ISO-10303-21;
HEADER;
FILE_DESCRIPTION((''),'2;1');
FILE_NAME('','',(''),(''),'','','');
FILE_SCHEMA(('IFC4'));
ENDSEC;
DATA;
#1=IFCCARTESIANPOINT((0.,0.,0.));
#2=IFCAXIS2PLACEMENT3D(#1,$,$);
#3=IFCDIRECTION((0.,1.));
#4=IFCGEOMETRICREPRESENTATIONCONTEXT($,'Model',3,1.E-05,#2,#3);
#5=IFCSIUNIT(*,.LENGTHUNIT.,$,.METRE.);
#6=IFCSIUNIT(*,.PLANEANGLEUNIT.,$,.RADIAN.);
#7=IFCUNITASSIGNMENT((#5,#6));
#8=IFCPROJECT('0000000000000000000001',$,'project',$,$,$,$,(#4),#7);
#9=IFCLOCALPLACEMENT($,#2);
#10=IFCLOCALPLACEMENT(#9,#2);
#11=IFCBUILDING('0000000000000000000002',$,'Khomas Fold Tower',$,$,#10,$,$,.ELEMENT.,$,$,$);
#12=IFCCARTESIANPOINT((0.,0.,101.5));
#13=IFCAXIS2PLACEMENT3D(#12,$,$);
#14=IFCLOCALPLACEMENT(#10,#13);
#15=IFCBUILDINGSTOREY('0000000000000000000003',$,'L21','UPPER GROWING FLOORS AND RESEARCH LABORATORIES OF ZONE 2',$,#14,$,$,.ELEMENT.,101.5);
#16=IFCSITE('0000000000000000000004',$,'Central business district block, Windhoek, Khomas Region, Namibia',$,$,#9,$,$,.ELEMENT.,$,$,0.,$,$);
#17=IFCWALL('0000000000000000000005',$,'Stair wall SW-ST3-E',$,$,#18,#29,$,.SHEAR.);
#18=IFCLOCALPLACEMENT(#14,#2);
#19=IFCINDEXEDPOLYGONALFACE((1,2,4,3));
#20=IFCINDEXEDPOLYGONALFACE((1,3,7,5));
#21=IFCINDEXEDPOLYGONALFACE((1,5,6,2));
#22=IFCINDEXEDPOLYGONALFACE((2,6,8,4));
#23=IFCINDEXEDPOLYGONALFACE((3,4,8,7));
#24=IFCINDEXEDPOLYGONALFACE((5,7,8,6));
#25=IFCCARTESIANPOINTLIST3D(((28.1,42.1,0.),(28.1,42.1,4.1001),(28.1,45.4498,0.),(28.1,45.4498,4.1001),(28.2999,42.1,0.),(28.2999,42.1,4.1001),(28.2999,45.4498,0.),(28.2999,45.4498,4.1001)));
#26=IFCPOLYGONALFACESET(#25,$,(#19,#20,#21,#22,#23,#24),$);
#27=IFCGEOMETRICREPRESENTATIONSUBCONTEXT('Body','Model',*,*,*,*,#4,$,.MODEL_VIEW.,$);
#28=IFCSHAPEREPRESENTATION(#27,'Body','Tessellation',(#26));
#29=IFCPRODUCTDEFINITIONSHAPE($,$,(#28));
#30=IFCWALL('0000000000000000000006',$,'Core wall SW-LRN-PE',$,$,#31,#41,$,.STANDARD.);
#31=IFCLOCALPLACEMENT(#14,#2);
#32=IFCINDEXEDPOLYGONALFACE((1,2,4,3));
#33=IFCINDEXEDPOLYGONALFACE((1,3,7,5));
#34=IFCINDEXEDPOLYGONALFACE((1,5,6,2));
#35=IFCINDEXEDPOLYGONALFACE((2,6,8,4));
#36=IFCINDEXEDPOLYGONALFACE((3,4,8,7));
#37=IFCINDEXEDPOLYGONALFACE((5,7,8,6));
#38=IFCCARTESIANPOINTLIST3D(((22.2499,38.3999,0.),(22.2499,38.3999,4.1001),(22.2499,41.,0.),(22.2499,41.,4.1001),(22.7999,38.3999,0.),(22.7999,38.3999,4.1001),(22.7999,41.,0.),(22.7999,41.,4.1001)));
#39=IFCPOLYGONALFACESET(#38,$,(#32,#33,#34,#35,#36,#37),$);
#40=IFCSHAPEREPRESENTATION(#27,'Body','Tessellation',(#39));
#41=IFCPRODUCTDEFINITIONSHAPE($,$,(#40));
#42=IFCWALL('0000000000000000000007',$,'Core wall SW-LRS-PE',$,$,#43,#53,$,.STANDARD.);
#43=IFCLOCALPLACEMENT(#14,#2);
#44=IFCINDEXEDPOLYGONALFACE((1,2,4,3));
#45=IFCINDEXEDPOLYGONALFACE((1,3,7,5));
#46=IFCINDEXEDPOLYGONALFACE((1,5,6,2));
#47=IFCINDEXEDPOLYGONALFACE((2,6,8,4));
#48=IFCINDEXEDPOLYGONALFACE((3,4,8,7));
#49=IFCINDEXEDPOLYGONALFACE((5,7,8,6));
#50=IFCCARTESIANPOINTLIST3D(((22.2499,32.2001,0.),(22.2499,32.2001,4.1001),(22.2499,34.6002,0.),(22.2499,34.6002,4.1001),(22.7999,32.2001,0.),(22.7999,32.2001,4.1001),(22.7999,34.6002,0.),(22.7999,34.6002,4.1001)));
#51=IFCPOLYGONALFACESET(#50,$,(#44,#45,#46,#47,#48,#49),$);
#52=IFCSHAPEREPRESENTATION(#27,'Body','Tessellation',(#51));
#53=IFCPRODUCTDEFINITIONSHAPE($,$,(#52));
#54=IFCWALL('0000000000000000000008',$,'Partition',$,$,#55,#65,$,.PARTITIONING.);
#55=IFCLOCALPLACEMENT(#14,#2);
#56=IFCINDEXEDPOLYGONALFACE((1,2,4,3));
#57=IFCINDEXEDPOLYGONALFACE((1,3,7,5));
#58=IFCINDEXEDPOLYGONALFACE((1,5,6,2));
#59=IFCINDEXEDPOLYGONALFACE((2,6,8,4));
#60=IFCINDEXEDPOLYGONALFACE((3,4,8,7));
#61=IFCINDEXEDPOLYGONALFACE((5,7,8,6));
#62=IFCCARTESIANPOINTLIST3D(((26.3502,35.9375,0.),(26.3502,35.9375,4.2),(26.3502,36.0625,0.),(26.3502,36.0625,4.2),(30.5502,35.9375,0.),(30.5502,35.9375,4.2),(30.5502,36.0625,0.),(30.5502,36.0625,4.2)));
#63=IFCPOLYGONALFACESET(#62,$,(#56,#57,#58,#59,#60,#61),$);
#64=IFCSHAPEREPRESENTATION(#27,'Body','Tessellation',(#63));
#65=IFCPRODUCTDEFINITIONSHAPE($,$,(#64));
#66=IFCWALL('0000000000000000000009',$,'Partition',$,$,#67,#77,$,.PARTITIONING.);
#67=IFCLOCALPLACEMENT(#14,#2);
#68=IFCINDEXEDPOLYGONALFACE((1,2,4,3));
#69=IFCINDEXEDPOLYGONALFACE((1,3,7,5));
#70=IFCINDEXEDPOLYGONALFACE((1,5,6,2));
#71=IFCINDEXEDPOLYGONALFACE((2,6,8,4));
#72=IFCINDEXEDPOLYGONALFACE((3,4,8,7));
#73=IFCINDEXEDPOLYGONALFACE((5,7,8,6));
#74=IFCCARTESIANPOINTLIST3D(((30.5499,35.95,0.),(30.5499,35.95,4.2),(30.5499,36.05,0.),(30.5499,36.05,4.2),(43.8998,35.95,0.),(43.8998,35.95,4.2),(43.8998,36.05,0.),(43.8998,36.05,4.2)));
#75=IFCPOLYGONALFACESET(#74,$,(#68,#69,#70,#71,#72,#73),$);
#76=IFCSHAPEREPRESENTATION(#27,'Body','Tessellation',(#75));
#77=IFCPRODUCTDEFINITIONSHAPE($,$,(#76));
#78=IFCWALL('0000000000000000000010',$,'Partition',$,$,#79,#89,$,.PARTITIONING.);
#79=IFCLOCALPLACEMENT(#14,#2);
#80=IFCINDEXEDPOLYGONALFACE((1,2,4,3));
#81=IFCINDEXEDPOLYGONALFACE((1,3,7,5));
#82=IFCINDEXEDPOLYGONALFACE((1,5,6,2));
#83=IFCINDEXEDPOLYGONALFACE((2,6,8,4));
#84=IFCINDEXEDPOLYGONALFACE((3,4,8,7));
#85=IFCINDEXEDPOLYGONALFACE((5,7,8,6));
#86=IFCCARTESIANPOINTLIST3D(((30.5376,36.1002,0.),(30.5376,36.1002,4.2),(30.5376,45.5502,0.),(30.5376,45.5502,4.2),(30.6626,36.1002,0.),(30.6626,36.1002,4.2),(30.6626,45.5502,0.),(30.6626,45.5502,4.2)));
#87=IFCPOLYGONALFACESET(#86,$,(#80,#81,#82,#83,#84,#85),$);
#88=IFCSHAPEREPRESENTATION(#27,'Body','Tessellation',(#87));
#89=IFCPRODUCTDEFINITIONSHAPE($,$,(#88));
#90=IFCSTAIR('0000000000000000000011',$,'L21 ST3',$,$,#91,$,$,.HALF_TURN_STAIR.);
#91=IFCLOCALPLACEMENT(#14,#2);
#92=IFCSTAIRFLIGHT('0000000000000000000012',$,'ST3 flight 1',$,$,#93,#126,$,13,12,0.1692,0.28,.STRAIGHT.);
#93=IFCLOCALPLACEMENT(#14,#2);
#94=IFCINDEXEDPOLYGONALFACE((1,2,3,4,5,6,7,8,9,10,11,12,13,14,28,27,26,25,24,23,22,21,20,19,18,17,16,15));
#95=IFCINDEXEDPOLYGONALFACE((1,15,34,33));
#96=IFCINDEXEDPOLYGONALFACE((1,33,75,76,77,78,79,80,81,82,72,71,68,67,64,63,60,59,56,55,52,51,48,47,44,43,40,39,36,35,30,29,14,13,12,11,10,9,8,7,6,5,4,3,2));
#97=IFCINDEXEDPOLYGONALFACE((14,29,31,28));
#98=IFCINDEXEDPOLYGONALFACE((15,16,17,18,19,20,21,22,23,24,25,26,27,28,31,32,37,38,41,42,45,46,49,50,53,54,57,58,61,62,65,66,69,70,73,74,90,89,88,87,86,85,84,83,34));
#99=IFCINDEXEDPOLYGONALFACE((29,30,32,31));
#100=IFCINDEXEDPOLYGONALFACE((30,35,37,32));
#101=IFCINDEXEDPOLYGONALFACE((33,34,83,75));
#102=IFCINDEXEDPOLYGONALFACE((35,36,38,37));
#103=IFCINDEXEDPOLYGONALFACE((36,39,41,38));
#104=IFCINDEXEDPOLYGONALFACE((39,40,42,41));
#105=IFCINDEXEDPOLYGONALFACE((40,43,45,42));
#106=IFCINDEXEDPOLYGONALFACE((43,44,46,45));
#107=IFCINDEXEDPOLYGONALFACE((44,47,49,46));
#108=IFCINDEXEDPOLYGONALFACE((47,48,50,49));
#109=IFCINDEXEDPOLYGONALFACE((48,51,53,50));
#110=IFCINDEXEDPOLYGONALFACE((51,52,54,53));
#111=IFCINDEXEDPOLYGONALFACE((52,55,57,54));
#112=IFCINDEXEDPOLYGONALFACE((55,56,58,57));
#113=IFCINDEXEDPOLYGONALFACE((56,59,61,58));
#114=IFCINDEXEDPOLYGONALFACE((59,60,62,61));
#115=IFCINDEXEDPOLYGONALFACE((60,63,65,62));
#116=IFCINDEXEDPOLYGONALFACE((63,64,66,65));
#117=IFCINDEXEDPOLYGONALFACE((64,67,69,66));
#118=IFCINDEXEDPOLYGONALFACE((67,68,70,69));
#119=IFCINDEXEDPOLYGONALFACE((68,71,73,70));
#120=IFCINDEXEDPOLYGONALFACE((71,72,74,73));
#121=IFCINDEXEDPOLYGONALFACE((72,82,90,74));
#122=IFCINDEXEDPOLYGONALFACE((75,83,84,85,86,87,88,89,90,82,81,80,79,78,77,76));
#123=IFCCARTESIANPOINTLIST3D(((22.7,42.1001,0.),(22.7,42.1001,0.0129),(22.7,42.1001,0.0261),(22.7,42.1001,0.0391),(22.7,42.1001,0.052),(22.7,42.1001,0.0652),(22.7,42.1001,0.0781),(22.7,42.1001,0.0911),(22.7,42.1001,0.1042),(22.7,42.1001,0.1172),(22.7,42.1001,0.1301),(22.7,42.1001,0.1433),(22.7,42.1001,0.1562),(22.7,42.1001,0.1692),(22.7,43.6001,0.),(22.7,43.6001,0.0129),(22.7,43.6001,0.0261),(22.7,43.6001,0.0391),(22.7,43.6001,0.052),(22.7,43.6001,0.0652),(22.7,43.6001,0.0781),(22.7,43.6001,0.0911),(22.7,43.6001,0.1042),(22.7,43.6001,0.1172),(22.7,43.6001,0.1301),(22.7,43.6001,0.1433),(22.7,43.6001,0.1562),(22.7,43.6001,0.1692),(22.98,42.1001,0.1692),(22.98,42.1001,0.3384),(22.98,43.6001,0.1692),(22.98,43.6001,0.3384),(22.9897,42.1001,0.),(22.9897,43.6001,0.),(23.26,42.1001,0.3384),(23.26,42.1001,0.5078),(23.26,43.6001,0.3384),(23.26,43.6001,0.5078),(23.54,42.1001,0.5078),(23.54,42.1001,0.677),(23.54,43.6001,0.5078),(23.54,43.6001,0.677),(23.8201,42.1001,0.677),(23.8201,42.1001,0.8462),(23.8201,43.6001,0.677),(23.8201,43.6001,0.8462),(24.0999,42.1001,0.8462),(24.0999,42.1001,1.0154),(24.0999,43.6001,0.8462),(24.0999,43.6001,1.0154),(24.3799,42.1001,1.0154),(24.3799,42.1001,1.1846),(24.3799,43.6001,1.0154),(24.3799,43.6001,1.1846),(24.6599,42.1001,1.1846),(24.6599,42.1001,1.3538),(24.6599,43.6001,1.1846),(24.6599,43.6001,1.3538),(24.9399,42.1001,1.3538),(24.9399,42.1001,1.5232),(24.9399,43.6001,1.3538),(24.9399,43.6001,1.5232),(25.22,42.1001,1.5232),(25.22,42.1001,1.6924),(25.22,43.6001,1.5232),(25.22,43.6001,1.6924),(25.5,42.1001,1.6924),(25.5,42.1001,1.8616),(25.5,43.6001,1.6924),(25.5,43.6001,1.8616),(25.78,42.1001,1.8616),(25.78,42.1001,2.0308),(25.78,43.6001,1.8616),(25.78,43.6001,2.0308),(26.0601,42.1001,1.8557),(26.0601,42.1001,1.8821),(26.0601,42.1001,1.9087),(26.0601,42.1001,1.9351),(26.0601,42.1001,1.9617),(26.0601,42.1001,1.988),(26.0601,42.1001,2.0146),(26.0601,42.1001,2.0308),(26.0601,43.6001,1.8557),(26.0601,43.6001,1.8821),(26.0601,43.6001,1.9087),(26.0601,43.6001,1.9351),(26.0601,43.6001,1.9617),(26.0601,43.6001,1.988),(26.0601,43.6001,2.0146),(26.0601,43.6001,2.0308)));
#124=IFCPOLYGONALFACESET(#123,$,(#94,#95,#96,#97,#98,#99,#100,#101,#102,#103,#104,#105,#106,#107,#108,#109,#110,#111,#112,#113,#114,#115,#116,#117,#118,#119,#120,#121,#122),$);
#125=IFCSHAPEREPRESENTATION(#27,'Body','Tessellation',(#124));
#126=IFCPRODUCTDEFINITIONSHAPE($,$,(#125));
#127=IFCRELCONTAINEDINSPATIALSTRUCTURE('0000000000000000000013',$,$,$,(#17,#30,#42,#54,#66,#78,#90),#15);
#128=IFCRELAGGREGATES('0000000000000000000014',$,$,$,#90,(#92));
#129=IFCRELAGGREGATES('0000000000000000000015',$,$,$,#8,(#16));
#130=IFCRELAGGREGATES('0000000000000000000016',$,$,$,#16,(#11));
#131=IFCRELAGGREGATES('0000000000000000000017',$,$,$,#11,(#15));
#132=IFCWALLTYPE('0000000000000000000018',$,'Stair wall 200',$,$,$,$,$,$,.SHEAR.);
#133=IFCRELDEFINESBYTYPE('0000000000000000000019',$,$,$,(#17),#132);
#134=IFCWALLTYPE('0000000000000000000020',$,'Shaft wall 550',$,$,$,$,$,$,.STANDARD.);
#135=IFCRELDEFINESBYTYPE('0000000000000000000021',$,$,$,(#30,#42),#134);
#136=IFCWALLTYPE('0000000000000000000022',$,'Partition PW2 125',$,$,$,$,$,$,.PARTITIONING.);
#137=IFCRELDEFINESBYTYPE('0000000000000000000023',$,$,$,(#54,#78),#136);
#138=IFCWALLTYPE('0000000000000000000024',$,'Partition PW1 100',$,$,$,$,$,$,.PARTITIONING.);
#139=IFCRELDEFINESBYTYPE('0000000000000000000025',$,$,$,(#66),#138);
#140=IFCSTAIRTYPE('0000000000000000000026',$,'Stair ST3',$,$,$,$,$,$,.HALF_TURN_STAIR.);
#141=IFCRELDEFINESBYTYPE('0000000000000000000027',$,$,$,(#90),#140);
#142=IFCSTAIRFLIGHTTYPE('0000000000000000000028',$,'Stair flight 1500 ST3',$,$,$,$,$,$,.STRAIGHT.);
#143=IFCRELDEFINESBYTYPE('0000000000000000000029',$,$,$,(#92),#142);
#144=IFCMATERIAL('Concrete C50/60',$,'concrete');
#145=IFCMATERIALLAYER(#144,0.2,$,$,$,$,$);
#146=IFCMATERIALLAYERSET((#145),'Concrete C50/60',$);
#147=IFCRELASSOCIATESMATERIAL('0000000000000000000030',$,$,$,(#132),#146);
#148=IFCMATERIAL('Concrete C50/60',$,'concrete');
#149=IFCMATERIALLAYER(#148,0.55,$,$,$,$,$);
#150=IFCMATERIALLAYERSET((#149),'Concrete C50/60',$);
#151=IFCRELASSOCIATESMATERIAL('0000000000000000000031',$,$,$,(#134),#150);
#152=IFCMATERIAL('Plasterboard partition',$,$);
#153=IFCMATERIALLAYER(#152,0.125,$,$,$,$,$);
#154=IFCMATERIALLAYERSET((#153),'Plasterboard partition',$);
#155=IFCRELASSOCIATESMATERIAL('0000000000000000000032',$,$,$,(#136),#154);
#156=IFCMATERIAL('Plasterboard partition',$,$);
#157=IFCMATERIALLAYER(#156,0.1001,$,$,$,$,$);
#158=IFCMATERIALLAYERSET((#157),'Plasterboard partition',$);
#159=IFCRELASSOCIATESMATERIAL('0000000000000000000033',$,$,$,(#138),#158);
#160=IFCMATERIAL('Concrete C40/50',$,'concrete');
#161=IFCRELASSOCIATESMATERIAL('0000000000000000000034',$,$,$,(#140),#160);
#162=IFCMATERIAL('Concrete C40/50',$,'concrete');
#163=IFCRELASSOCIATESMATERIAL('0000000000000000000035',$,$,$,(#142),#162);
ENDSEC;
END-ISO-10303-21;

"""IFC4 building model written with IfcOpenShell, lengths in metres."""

from ifc_helpers import new_model, si_unit, direction, frame, frame_2d, origin, place, context, subcontext, project, spatial, polyline, rectangle, outline, extrude, source, transform, mapped, material, layer, layer_set, type_object, element, aggregate, save


model = new_model("IFC4")

# Units and contexts
model_context = context("Model", 3, precision=1e-05, world=origin(), true_north=direction((0.0, 1.0)))
body_context = subcontext(model_context, "Body", "Model", "MODEL_VIEW")
ifc_project = project(units=[si_unit("LENGTHUNIT", "METRE"), si_unit("PLANEANGLEUNIT", "RADIAN")], contexts=[model_context])

# Site, building, storey
site_placement = place(None, origin())
site = spatial("IfcSite", under=ifc_project, at=site_placement, Name="Central business district block, Windhoek, Khomas Region, Namibia", CompositionType="ELEMENT", RefElevation=0.0)
building_placement = place(site_placement, origin())
building = spatial("IfcBuilding", under=site, at=building_placement, Name="Khomas Fold Tower", CompositionType="ELEMENT")
storey_placement = place(building_placement, frame((0.0, 0.0, 101.5)))
storey = spatial("IfcBuildingStorey", under=building, at=storey_placement, Name="L21", Description="UPPER GROWING FLOORS AND RESEARCH LABORATORIES OF ZONE 2", CompositionType="ELEMENT", Elevation=101.5)

# Walls
ifc_material_1 = material(Name="Concrete C50/60", Category="concrete")
ifc_layer_1 = layer(ifc_material_1, 0.2)
ifc_layer_set_1 = layer_set([ifc_layer_1], Name="Concrete C50/60")
wall_type_1 = type_object("IfcWallType", Name="Stair wall 200", PredefinedType="SHEAR", material=ifc_layer_set_1)
shared_shape_1 = source(origin(), body_context, "Body", "SweptSolid", [
    extrude(rectangle(XDim=3.3499, YDim=0.2, at=frame_2d((1.6748, 0.0))), origin(), (0.0, 0.0, 1.0), 4.1001),
])
wall_1_placement = place(storey_placement, frame((28.2, 42.1001, 0.0), z_axis=(0.0, 0.0, 1.0), x_axis=(0.0, 1.0, 0.0)))
element("IfcWall", 1, at=wall_1_placement, inside=storey, type_object=wall_type_1, Name="Stair wall SW-ST3-E", PredefinedType="SHEAR", context=body_context, shape_type="MappedRepresentation", body=[
    mapped(shared_shape_1, transform((0.0, 0.0, 0.0))),
])
ifc_material_2 = material(Name="Concrete C50/60", Category="concrete")
ifc_layer_2 = layer(ifc_material_2, 0.55)
ifc_layer_set_2 = layer_set([ifc_layer_2], Name="Concrete C50/60")
wall_type_2 = type_object("IfcWallType", Name="Shaft wall 550", PredefinedType="STANDARD", material=ifc_layer_set_2)
shared_shape_2 = source(origin(), body_context, "Body", "SweptSolid", [
    extrude(rectangle(XDim=2.6001, YDim=0.55, at=frame_2d((1.3, 0.0))), origin(), (0.0, 0.0, 1.0), 4.1001),
])
wall_2_placement = place(storey_placement, frame((22.5249, 38.3999, 0.0), z_axis=(0.0, 0.0, 1.0), x_axis=(0.0, 1.0, 0.0)))
element("IfcWall", 2, at=wall_2_placement, inside=storey, type_object=wall_type_2, Name="Core wall SW-LRN-PE", PredefinedType="STANDARD", context=body_context, shape_type="MappedRepresentation", body=[
    mapped(shared_shape_2, transform((0.0, 0.0, 0.0))),
])
shared_shape_3 = source(origin(), body_context, "Body", "SweptSolid", [
    extrude(rectangle(XDim=2.4001, YDim=0.55, at=frame_2d((1.2002, 0.0))), origin(), (0.0, 0.0, 1.0), 4.1001),
])
wall_3_placement = place(storey_placement, frame((22.5249, 32.2, 0.0), z_axis=(0.0, 0.0, 1.0), x_axis=(0.0, 1.0, 0.0)))
element("IfcWall", 3, at=wall_3_placement, inside=storey, type_object=wall_type_2, Name="Core wall SW-LRS-PE", PredefinedType="STANDARD", context=body_context, shape_type="MappedRepresentation", body=[
    mapped(shared_shape_3, transform((0.0, 0.0, 0.0))),
])
ifc_material_3 = material(Name="Plasterboard partition")
ifc_layer_3 = layer(ifc_material_3, 0.125)
ifc_layer_set_3 = layer_set([ifc_layer_3], Name="Plasterboard partition")
wall_type_3 = type_object("IfcWallType", Name="Partition PW2 125", PredefinedType="PARTITIONING", material=ifc_layer_set_3)
shared_shape_4 = source(origin(), body_context, "Body", "SweptSolid", [
    extrude(rectangle(XDim=4.2, YDim=0.125, at=frame_2d((2.1001, 0.0))), origin(), (0.0, 0.0, 1.0), 4.2),
])
wall_4_placement = place(storey_placement, frame((26.3501, 36.0, 0.0), z_axis=(0.0, 0.0, 1.0), x_axis=(1.0, 0.0, 0.0)))
element("IfcWall", 4, at=wall_4_placement, inside=storey, type_object=wall_type_3, Name="Partition", PredefinedType="PARTITIONING", context=body_context, shape_type="MappedRepresentation", body=[
    mapped(shared_shape_4, transform((0.0, 0.0, 0.0))),
])
ifc_material_4 = material(Name="Plasterboard partition")
ifc_layer_4 = layer(ifc_material_4, 0.1001)
ifc_layer_set_4 = layer_set([ifc_layer_4], Name="Plasterboard partition")
wall_type_4 = type_object("IfcWallType", Name="Partition PW1 100", PredefinedType="PARTITIONING", material=ifc_layer_set_4)
shared_shape_5 = source(origin(), body_context, "Body", "SweptSolid", [
    extrude(rectangle(XDim=13.3499, YDim=0.1001, at=frame_2d((6.6748, 0.0))), origin(), (0.0, 0.0, 1.0), 4.2),
])
wall_5_placement = place(storey_placement, frame((30.55, 36.0, 0.0), z_axis=(0.0, 0.0, 1.0), x_axis=(1.0, 0.0, 0.0)))
element("IfcWall", 5, at=wall_5_placement, inside=storey, type_object=wall_type_4, Name="Partition", PredefinedType="PARTITIONING", context=body_context, shape_type="MappedRepresentation", body=[
    mapped(shared_shape_5, transform((0.0, 0.0, 0.0))),
])
shared_shape_6 = source(origin(), body_context, "Body", "SweptSolid", [
    extrude(rectangle(XDim=9.45, YDim=0.125, at=frame_2d((4.7251, 0.0))), origin(), (0.0, 0.0, 1.0), 4.2),
])
wall_6_placement = place(storey_placement, frame((30.6001, 36.1001, 0.0), z_axis=(0.0, 0.0, 1.0), x_axis=(0.0, 1.0, 0.0)))
element("IfcWall", 6, at=wall_6_placement, inside=storey, type_object=wall_type_3, Name="Partition", PredefinedType="PARTITIONING", context=body_context, shape_type="MappedRepresentation", body=[
    mapped(shared_shape_6, transform((0.0, 0.0, 0.0))),
])

# Stair, stair flight
ifc_material_5 = material(Name="Concrete C40/50", Category="concrete")
stair_type = type_object("IfcStairType", Name="Stair ST3", PredefinedType="HALF_TURN_STAIR", material=ifc_material_5)
stair_placement = place(storey_placement, origin())
stair = element("IfcStair", 7, at=stair_placement, inside=storey, type_object=stair_type, Name="L21 ST3", PredefinedType="HALF_TURN_STAIR")
ifc_material_6 = material(Name="Concrete C40/50", Category="concrete")
stair_flight_type = type_object("IfcStairFlightType", Name="Stair flight 1500 ST3", PredefinedType="STRAIGHT", material=ifc_material_6)
shared_shape_7 = source(origin(), body_context, "Body", "SweptSolid", [
    extrude(outline(polyline([(0.0, 0.0), (0.0, 0.0129), (0.0, 0.0261), (0.0, 0.0391), (0.0, 0.052), (0.0, 0.0652), (0.0, 0.0781), (0.0, 0.0911), (0.0, 0.1042), (0.0, 0.1172), (0.0, 0.1301), (0.0, 0.1433), (0.0, 0.1562), (0.0, 0.1692), (0.28, 0.1692), (0.28, 0.3384), (0.5601, 0.3384), (0.5601, 0.5078), (0.8401, 0.5078), (0.8401, 0.677), (1.1201, 0.677), (1.1201, 0.8462), (1.3999, 0.8462), (1.3999, 1.0154), (1.6799, 1.0154), (1.6799, 1.1846), (1.96, 1.1846), (1.96, 1.3538), (2.24, 1.3538), (2.24, 1.5232), (2.52, 1.5232), (2.52, 1.6924), (2.8, 1.6924), (2.8, 1.8616), (3.0801, 1.8616), (3.0801, 2.0308), (3.3601, 2.0308), (3.3601, 2.2), (3.3601, 2.1736), (3.3601, 2.147), (3.3601, 2.1206), (3.3601, 2.094), (3.3601, 2.0676), (3.3601, 2.041), (3.3601, 2.0146), (3.3601, 1.988), (3.3601, 1.9617), (3.3601, 1.9351), (3.3601, 1.9087), (3.3601, 1.8821), (3.3601, 1.8557), (0.2898, 0.0), (0.0, 0.0)])), frame((0.0, 0.75, 0.0), z_axis=(0.0, -1.0, 0.0), x_axis=(1.0, 0.0, 0.0)), (0.0, 0.0, 1.0), 1.5),
])
stair_flight_1_placement = place(storey_placement, frame((22.7, 42.8501, 0.0), z_axis=(0.0, 0.0, 1.0), x_axis=(1.0, 0.0, 0.0)))
stair_flight_1 = element("IfcStairFlight", 8, at=stair_flight_1_placement, type_object=stair_flight_type, Name="ST3 flight 1", NumberOfRisers=13, NumberOfTreads=12, PredefinedType="STRAIGHT", RiserHeight=0.1692, TreadLength=0.28, context=body_context, shape_type="MappedRepresentation", body=[
    mapped(shared_shape_7, transform((0.0, 0.0, 0.0))),
])
aggregate(stair, [stair_flight_1])

save(model, "model.ifc")
